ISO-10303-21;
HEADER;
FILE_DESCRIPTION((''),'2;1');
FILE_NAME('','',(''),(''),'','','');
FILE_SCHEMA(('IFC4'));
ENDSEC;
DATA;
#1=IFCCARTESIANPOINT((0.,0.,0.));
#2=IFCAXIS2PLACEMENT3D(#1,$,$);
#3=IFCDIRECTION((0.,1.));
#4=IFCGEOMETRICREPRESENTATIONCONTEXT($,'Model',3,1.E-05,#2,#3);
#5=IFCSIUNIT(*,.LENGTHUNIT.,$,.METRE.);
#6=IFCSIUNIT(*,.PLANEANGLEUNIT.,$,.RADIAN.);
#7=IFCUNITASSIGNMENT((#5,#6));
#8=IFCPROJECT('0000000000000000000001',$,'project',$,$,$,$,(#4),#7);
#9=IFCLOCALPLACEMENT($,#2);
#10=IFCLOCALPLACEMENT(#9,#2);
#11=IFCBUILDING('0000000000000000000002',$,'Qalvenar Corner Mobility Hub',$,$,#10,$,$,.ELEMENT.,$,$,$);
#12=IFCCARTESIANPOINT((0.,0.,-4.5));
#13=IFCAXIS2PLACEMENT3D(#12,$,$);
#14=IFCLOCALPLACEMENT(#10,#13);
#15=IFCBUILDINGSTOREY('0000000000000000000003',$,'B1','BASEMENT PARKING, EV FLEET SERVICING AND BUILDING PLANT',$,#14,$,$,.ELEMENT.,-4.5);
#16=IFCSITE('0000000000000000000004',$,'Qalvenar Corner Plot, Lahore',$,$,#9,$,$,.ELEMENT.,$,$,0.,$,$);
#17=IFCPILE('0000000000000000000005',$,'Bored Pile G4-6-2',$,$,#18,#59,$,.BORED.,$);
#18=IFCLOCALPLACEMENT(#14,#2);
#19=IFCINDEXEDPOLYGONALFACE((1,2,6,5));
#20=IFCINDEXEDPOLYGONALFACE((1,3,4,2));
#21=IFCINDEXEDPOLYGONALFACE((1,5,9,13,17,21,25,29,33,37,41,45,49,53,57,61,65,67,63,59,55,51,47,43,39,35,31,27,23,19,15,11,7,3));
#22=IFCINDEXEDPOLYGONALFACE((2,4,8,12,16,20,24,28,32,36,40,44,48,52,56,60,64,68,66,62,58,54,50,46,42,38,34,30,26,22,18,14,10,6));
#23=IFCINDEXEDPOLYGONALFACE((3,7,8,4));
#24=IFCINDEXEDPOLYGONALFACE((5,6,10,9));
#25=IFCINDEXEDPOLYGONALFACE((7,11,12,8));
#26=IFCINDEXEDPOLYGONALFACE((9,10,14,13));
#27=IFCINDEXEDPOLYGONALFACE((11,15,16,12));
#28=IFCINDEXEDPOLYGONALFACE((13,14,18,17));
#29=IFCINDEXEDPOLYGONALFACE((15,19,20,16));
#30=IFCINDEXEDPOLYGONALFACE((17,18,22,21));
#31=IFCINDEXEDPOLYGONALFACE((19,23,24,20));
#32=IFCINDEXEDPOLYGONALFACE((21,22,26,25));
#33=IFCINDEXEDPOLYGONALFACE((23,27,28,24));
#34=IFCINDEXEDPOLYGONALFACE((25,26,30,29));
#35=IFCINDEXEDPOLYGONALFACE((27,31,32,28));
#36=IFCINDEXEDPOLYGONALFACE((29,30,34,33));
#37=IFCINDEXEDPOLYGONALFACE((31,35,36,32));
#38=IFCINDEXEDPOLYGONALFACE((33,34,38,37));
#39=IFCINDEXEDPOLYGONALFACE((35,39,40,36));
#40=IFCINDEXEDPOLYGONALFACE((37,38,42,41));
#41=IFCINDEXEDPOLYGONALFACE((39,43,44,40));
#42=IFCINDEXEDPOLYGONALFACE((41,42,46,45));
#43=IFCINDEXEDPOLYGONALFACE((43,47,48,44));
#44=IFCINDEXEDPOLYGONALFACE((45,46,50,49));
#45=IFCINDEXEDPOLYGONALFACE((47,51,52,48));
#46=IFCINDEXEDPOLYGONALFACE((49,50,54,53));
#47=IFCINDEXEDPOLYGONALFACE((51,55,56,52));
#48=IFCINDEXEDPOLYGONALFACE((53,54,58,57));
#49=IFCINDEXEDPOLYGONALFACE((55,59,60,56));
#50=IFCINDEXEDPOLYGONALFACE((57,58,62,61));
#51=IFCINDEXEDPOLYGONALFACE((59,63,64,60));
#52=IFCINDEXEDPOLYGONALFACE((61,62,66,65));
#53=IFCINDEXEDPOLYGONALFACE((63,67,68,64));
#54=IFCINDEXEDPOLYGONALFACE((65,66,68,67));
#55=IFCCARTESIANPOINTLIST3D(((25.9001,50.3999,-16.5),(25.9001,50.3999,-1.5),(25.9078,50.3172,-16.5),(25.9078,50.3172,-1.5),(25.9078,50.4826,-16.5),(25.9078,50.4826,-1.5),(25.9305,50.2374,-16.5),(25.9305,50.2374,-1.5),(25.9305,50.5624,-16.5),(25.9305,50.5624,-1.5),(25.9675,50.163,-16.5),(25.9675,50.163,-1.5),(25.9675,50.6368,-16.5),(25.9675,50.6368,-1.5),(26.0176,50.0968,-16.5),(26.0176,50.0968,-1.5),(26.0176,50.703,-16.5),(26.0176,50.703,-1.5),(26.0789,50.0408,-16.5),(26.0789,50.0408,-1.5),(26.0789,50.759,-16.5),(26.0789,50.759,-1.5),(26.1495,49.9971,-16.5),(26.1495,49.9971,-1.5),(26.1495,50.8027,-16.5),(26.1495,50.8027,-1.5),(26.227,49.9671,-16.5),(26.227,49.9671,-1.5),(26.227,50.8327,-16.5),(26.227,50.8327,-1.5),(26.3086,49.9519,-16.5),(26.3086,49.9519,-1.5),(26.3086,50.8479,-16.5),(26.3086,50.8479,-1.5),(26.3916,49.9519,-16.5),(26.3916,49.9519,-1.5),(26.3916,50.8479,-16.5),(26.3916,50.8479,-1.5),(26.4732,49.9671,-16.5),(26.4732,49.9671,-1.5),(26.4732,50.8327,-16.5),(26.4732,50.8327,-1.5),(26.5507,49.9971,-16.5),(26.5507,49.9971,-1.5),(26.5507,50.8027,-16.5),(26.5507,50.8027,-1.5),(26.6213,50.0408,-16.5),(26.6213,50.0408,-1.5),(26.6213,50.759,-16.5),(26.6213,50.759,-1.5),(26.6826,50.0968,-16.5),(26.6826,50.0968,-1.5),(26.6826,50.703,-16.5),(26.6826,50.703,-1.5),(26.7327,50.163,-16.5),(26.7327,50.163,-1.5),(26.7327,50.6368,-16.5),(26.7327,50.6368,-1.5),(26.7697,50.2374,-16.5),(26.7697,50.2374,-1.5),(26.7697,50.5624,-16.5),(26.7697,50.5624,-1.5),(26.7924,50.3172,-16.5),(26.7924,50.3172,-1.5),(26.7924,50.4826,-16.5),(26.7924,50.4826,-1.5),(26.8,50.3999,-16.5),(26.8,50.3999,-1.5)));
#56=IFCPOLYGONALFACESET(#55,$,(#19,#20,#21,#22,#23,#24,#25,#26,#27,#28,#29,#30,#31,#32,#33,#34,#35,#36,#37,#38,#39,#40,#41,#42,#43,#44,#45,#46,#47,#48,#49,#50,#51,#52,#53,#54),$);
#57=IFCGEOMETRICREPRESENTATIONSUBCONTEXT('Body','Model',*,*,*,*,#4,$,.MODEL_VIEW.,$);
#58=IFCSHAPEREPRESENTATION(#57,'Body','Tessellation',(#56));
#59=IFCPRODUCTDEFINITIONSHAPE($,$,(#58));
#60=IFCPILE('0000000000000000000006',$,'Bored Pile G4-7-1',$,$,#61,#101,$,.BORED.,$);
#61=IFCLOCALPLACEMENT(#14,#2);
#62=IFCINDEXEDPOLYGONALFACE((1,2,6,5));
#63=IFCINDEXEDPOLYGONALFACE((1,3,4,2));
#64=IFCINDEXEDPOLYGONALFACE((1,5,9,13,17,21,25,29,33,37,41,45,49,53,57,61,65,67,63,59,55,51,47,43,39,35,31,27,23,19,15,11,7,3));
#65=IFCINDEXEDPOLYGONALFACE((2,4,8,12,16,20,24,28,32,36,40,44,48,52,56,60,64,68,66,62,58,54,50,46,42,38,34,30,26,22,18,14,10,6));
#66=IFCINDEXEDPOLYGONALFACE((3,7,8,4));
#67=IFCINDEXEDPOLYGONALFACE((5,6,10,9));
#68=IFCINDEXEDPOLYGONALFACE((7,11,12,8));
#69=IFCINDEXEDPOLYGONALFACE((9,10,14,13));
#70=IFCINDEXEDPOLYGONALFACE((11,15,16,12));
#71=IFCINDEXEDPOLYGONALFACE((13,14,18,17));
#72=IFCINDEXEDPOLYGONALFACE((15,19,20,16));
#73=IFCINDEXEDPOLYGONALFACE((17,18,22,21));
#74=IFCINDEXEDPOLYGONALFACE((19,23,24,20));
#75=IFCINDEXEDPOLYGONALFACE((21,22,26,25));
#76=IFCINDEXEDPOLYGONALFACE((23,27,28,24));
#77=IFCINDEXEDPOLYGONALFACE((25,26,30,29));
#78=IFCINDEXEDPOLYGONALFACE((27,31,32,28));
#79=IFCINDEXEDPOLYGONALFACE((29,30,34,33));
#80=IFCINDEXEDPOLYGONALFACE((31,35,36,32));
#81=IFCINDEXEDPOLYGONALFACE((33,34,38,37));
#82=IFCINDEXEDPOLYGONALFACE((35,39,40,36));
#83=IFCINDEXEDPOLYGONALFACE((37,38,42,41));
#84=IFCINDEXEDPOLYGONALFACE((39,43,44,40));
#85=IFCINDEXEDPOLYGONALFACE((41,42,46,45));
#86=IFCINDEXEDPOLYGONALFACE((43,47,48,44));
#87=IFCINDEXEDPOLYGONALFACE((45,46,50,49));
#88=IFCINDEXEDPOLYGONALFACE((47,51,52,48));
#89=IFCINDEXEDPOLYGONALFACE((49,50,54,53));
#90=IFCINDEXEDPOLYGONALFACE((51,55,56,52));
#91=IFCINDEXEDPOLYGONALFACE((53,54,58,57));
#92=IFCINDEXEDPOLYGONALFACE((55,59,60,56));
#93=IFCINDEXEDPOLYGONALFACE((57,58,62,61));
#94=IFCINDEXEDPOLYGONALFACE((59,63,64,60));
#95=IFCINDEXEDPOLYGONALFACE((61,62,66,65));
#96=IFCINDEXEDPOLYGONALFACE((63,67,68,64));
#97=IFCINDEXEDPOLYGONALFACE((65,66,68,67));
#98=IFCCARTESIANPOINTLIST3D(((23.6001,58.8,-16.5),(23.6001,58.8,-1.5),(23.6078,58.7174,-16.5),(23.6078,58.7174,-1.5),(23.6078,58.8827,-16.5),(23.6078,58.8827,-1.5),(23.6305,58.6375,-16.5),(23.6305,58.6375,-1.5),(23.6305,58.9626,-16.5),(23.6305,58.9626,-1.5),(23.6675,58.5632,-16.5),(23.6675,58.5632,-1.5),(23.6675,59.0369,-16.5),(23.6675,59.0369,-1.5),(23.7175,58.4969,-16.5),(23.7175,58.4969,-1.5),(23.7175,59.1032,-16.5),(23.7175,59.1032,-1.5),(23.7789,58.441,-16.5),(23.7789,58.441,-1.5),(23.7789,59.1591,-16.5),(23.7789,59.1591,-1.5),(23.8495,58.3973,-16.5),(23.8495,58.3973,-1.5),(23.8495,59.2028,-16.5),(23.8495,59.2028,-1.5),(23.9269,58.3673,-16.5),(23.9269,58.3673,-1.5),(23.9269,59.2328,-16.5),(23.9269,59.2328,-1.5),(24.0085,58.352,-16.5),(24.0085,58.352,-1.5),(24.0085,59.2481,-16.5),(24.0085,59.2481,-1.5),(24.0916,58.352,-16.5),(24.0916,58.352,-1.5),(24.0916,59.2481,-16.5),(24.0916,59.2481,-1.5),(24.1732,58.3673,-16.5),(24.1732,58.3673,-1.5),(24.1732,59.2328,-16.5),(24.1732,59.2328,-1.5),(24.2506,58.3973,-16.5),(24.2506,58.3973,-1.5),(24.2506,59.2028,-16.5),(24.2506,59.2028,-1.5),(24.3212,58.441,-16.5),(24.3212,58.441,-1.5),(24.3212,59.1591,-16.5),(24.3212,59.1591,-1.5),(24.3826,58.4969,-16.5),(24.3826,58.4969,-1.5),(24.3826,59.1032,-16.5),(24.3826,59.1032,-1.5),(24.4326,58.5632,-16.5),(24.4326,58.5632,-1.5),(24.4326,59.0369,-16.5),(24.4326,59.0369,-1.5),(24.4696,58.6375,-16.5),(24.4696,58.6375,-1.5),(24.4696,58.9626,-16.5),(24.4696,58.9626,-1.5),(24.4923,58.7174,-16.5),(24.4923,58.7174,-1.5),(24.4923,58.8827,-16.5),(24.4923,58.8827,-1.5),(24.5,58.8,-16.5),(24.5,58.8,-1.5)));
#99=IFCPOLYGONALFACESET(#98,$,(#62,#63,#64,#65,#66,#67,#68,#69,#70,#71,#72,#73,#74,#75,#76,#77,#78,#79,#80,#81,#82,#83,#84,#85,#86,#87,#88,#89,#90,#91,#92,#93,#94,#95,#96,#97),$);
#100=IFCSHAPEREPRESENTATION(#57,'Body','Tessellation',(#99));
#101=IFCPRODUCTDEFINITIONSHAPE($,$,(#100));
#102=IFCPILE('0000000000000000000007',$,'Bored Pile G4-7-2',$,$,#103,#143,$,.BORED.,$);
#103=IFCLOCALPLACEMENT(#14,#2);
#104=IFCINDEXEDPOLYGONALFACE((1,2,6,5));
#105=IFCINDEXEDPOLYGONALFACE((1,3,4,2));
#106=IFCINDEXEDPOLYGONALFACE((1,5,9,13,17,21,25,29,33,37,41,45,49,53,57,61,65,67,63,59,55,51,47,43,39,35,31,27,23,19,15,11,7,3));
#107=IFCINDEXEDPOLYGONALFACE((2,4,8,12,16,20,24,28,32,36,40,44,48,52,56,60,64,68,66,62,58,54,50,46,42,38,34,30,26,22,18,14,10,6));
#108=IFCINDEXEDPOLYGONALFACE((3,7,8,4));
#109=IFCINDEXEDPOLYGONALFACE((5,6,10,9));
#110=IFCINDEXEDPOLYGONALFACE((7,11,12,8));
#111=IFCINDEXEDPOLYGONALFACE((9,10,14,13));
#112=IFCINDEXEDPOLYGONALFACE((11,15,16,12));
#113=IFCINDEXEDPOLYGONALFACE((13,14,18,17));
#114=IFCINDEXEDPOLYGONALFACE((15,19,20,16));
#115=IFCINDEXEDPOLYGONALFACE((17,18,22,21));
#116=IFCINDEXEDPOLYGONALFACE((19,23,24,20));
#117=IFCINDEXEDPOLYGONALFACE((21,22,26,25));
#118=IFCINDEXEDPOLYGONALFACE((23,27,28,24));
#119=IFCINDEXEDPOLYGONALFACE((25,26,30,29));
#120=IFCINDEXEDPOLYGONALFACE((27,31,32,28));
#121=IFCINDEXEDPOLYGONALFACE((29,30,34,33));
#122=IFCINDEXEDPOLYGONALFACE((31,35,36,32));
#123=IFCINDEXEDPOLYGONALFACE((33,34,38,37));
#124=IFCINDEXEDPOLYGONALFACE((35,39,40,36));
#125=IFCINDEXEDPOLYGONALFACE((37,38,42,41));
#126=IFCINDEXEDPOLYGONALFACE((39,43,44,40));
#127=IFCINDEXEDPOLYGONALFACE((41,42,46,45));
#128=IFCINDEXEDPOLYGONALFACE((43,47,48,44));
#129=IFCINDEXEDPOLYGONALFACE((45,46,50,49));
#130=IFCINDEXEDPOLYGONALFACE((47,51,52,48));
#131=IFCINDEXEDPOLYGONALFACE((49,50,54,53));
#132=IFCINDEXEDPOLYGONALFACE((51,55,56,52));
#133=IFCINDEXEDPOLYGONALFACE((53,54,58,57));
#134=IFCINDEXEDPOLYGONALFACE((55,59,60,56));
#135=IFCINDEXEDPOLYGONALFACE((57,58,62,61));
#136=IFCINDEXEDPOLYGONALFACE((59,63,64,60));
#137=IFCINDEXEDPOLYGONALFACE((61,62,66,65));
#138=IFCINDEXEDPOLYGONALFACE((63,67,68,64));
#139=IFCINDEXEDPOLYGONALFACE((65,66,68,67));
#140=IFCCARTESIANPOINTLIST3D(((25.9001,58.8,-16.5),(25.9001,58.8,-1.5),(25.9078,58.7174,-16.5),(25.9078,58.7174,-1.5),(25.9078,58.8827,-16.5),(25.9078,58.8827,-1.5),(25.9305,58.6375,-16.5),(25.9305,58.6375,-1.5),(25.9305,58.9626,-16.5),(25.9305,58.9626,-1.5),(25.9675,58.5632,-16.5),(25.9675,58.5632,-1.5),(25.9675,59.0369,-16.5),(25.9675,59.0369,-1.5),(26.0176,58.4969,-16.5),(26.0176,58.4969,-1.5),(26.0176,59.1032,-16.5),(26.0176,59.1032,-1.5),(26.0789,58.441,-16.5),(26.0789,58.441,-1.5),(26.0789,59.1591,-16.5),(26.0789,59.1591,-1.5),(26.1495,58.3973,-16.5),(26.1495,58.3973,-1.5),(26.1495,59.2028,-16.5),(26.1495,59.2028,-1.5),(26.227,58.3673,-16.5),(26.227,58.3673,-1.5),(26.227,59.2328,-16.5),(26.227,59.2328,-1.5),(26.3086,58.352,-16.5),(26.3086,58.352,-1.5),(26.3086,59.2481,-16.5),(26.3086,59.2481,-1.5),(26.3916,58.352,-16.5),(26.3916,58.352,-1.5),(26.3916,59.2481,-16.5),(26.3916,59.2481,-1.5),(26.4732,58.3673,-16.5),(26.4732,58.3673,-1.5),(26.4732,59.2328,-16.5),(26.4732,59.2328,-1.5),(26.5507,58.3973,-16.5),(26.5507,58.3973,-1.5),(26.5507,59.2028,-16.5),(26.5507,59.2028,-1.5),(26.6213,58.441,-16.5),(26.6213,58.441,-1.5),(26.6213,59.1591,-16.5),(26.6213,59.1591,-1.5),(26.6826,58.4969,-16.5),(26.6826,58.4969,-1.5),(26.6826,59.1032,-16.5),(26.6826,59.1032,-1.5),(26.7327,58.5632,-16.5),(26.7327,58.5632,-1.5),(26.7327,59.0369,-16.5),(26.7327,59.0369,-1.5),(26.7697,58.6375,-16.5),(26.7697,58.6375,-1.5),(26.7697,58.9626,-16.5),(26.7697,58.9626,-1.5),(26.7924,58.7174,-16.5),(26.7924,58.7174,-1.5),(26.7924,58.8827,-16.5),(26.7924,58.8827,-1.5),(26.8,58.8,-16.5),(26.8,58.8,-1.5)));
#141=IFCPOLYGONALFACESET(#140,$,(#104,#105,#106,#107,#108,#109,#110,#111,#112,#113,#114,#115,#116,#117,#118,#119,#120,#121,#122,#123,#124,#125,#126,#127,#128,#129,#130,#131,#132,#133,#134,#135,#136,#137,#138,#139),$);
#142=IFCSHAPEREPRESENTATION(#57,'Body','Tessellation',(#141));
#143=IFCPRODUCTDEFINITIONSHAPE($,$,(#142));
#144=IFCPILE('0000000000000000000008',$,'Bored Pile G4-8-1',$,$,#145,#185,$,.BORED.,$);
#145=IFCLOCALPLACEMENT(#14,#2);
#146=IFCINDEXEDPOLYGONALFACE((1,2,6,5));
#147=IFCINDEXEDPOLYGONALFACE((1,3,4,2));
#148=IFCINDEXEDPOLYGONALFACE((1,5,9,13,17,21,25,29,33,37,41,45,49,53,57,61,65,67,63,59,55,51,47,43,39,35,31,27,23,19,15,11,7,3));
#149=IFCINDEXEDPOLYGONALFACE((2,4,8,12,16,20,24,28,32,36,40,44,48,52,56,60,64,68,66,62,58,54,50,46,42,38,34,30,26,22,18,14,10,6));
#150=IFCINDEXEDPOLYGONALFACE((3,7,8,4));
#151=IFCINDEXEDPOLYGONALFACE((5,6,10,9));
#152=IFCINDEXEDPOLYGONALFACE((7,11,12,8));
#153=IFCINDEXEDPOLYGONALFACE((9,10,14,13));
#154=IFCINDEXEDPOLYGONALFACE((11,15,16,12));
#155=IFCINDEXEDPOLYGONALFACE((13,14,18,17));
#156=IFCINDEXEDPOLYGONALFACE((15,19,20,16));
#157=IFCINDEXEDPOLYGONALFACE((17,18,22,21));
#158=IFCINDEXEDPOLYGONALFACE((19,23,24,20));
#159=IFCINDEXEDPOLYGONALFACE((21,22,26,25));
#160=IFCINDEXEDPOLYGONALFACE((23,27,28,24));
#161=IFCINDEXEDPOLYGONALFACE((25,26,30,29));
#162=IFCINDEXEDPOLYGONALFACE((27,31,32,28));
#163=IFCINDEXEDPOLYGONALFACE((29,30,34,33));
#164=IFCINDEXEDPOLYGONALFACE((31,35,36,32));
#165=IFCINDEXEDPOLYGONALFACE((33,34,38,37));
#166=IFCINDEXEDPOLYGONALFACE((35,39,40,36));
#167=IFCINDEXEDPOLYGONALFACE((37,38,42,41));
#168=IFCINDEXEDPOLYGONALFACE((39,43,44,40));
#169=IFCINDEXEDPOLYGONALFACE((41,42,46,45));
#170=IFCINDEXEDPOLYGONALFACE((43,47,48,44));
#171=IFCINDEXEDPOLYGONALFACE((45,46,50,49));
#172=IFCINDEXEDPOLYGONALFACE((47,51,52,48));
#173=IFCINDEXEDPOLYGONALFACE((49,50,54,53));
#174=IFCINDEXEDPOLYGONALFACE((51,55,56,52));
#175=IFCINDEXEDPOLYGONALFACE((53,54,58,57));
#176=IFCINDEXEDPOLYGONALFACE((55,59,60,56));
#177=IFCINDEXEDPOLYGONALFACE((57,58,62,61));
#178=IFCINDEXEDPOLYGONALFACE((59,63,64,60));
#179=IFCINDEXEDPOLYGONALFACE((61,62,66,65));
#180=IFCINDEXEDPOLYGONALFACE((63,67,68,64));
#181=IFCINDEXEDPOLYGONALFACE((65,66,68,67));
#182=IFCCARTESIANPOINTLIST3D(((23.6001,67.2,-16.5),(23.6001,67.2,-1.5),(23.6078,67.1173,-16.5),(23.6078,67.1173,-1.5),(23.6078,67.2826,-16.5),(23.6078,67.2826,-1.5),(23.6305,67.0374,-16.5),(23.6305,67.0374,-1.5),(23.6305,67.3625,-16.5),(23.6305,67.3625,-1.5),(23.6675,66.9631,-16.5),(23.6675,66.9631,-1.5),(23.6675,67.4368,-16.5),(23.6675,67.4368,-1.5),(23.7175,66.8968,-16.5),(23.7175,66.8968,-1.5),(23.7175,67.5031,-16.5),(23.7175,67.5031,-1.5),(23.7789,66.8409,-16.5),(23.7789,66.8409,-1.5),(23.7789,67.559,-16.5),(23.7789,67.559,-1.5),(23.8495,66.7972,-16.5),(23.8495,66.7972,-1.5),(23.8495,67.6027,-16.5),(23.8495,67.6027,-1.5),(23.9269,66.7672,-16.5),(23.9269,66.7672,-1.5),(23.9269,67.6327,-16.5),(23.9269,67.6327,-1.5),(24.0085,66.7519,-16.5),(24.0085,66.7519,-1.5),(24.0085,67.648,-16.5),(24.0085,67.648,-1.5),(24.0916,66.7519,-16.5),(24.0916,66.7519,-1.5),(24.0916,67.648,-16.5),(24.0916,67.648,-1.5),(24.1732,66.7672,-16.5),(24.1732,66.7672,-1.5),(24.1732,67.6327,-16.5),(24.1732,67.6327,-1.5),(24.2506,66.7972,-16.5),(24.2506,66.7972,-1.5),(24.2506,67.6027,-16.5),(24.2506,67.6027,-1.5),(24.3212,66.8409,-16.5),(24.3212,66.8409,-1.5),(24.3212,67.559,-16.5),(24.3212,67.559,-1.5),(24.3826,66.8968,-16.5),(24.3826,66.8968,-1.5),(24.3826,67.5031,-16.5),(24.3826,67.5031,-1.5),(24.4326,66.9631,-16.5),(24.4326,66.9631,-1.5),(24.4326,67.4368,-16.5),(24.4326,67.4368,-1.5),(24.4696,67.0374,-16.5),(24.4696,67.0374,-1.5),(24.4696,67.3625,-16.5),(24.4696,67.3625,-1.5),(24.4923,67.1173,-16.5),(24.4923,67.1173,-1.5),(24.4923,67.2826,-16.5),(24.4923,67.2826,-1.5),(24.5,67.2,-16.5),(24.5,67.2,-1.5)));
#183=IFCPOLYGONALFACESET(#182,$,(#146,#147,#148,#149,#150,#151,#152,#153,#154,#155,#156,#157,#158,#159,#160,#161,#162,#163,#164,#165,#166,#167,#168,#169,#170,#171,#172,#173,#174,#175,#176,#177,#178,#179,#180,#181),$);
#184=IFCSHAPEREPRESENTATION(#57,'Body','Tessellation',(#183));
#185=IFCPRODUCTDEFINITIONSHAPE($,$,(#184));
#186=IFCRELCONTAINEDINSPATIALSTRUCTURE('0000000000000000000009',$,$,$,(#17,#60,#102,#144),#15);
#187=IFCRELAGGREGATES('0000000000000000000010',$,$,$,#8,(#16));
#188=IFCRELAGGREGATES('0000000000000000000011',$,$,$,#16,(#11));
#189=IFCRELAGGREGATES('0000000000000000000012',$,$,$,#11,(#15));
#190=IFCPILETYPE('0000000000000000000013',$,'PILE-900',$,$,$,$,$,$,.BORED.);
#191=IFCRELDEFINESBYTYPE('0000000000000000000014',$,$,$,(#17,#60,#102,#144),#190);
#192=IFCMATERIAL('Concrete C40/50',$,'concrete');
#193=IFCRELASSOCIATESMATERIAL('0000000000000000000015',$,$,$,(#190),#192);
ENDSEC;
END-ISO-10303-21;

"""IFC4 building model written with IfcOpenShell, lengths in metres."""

from ifc_helpers import new_model, si_unit, direction, frame, origin, origin_2d, place, context, subcontext, project, spatial, circle, extrude, material, material_profile, profile_set, type_object, element, save


model = new_model("IFC4")

# Units and contexts
model_context = context("Model", 3, precision=1e-05, world=origin(), true_north=direction((0.0, 1.0)))
body_context = subcontext(model_context, "Body", "Model", "MODEL_VIEW")
ifc_project = project(units=[si_unit("LENGTHUNIT", "METRE"), si_unit("PLANEANGLEUNIT", "RADIAN")], contexts=[model_context])

# Site, building, storey
site_placement = place(None, origin())
site = spatial("IfcSite", under=ifc_project, at=site_placement, Name="Qalvenar Corner Plot, Lahore", CompositionType="ELEMENT", RefElevation=0.0)
building_placement = place(site_placement, origin())
building = spatial("IfcBuilding", under=site, at=building_placement, Name="Qalvenar Corner Mobility Hub", CompositionType="ELEMENT")
storey_placement = place(building_placement, frame((0.0, 0.0, -4.5)))
storey = spatial("IfcBuildingStorey", under=building, at=storey_placement, Name="B1", Description="BASEMENT PARKING, EV FLEET SERVICING AND BUILDING PLANT", CompositionType="ELEMENT", Elevation=-4.5)

# Shared definitions
ifc_material_1 = material(Name="Concrete C40/50", Category="concrete")

# Piles
ifc_material_profile_1 = material_profile(ifc_material_1, circle(Radius=0.45, at=origin_2d()), Name="DIA900")
ifc_profile_set_1 = profile_set([ifc_material_profile_1], Name="Concrete C40/50")
pile_type_1 = type_object("IfcPileType", Name="PILE-900", PredefinedType="BORED", material=ifc_profile_set_1)
for number, where, z_axis, x_axis, name in (
    (1, (26.3501, 50.3999, -1.5), (0.0, 0.0, -1.0), (1.0, 0.0, 0.0), "Bored Pile G4-6-2"),
    (2, (24.05, 58.8, -1.5), (0.0, 0.0, -1.0), (1.0, 0.0, 0.0), "Bored Pile G4-7-1"),
    (3, (26.3501, 58.8, -1.5), (0.0, 0.0, -1.0), (1.0, 0.0, 0.0), "Bored Pile G4-7-2"),
    (4, (24.05, 67.2, -1.5), (0.0, 0.0, -1.0), (1.0, 0.0, 0.0), "Bored Pile G4-8-1"),
):
    element("IfcPile", number, at=place(storey_placement, frame(where, z_axis=z_axis, x_axis=x_axis)), inside=storey, type_object=pile_type_1, Name=name, PredefinedType="BORED", context=body_context, shape_type="SweptSolid", body=[
        extrude(circle(Radius=0.45, at=origin_2d()), origin(), (0.0, 0.0, 1.0), 15.0),
    ])

save(model, "model.ifc")
